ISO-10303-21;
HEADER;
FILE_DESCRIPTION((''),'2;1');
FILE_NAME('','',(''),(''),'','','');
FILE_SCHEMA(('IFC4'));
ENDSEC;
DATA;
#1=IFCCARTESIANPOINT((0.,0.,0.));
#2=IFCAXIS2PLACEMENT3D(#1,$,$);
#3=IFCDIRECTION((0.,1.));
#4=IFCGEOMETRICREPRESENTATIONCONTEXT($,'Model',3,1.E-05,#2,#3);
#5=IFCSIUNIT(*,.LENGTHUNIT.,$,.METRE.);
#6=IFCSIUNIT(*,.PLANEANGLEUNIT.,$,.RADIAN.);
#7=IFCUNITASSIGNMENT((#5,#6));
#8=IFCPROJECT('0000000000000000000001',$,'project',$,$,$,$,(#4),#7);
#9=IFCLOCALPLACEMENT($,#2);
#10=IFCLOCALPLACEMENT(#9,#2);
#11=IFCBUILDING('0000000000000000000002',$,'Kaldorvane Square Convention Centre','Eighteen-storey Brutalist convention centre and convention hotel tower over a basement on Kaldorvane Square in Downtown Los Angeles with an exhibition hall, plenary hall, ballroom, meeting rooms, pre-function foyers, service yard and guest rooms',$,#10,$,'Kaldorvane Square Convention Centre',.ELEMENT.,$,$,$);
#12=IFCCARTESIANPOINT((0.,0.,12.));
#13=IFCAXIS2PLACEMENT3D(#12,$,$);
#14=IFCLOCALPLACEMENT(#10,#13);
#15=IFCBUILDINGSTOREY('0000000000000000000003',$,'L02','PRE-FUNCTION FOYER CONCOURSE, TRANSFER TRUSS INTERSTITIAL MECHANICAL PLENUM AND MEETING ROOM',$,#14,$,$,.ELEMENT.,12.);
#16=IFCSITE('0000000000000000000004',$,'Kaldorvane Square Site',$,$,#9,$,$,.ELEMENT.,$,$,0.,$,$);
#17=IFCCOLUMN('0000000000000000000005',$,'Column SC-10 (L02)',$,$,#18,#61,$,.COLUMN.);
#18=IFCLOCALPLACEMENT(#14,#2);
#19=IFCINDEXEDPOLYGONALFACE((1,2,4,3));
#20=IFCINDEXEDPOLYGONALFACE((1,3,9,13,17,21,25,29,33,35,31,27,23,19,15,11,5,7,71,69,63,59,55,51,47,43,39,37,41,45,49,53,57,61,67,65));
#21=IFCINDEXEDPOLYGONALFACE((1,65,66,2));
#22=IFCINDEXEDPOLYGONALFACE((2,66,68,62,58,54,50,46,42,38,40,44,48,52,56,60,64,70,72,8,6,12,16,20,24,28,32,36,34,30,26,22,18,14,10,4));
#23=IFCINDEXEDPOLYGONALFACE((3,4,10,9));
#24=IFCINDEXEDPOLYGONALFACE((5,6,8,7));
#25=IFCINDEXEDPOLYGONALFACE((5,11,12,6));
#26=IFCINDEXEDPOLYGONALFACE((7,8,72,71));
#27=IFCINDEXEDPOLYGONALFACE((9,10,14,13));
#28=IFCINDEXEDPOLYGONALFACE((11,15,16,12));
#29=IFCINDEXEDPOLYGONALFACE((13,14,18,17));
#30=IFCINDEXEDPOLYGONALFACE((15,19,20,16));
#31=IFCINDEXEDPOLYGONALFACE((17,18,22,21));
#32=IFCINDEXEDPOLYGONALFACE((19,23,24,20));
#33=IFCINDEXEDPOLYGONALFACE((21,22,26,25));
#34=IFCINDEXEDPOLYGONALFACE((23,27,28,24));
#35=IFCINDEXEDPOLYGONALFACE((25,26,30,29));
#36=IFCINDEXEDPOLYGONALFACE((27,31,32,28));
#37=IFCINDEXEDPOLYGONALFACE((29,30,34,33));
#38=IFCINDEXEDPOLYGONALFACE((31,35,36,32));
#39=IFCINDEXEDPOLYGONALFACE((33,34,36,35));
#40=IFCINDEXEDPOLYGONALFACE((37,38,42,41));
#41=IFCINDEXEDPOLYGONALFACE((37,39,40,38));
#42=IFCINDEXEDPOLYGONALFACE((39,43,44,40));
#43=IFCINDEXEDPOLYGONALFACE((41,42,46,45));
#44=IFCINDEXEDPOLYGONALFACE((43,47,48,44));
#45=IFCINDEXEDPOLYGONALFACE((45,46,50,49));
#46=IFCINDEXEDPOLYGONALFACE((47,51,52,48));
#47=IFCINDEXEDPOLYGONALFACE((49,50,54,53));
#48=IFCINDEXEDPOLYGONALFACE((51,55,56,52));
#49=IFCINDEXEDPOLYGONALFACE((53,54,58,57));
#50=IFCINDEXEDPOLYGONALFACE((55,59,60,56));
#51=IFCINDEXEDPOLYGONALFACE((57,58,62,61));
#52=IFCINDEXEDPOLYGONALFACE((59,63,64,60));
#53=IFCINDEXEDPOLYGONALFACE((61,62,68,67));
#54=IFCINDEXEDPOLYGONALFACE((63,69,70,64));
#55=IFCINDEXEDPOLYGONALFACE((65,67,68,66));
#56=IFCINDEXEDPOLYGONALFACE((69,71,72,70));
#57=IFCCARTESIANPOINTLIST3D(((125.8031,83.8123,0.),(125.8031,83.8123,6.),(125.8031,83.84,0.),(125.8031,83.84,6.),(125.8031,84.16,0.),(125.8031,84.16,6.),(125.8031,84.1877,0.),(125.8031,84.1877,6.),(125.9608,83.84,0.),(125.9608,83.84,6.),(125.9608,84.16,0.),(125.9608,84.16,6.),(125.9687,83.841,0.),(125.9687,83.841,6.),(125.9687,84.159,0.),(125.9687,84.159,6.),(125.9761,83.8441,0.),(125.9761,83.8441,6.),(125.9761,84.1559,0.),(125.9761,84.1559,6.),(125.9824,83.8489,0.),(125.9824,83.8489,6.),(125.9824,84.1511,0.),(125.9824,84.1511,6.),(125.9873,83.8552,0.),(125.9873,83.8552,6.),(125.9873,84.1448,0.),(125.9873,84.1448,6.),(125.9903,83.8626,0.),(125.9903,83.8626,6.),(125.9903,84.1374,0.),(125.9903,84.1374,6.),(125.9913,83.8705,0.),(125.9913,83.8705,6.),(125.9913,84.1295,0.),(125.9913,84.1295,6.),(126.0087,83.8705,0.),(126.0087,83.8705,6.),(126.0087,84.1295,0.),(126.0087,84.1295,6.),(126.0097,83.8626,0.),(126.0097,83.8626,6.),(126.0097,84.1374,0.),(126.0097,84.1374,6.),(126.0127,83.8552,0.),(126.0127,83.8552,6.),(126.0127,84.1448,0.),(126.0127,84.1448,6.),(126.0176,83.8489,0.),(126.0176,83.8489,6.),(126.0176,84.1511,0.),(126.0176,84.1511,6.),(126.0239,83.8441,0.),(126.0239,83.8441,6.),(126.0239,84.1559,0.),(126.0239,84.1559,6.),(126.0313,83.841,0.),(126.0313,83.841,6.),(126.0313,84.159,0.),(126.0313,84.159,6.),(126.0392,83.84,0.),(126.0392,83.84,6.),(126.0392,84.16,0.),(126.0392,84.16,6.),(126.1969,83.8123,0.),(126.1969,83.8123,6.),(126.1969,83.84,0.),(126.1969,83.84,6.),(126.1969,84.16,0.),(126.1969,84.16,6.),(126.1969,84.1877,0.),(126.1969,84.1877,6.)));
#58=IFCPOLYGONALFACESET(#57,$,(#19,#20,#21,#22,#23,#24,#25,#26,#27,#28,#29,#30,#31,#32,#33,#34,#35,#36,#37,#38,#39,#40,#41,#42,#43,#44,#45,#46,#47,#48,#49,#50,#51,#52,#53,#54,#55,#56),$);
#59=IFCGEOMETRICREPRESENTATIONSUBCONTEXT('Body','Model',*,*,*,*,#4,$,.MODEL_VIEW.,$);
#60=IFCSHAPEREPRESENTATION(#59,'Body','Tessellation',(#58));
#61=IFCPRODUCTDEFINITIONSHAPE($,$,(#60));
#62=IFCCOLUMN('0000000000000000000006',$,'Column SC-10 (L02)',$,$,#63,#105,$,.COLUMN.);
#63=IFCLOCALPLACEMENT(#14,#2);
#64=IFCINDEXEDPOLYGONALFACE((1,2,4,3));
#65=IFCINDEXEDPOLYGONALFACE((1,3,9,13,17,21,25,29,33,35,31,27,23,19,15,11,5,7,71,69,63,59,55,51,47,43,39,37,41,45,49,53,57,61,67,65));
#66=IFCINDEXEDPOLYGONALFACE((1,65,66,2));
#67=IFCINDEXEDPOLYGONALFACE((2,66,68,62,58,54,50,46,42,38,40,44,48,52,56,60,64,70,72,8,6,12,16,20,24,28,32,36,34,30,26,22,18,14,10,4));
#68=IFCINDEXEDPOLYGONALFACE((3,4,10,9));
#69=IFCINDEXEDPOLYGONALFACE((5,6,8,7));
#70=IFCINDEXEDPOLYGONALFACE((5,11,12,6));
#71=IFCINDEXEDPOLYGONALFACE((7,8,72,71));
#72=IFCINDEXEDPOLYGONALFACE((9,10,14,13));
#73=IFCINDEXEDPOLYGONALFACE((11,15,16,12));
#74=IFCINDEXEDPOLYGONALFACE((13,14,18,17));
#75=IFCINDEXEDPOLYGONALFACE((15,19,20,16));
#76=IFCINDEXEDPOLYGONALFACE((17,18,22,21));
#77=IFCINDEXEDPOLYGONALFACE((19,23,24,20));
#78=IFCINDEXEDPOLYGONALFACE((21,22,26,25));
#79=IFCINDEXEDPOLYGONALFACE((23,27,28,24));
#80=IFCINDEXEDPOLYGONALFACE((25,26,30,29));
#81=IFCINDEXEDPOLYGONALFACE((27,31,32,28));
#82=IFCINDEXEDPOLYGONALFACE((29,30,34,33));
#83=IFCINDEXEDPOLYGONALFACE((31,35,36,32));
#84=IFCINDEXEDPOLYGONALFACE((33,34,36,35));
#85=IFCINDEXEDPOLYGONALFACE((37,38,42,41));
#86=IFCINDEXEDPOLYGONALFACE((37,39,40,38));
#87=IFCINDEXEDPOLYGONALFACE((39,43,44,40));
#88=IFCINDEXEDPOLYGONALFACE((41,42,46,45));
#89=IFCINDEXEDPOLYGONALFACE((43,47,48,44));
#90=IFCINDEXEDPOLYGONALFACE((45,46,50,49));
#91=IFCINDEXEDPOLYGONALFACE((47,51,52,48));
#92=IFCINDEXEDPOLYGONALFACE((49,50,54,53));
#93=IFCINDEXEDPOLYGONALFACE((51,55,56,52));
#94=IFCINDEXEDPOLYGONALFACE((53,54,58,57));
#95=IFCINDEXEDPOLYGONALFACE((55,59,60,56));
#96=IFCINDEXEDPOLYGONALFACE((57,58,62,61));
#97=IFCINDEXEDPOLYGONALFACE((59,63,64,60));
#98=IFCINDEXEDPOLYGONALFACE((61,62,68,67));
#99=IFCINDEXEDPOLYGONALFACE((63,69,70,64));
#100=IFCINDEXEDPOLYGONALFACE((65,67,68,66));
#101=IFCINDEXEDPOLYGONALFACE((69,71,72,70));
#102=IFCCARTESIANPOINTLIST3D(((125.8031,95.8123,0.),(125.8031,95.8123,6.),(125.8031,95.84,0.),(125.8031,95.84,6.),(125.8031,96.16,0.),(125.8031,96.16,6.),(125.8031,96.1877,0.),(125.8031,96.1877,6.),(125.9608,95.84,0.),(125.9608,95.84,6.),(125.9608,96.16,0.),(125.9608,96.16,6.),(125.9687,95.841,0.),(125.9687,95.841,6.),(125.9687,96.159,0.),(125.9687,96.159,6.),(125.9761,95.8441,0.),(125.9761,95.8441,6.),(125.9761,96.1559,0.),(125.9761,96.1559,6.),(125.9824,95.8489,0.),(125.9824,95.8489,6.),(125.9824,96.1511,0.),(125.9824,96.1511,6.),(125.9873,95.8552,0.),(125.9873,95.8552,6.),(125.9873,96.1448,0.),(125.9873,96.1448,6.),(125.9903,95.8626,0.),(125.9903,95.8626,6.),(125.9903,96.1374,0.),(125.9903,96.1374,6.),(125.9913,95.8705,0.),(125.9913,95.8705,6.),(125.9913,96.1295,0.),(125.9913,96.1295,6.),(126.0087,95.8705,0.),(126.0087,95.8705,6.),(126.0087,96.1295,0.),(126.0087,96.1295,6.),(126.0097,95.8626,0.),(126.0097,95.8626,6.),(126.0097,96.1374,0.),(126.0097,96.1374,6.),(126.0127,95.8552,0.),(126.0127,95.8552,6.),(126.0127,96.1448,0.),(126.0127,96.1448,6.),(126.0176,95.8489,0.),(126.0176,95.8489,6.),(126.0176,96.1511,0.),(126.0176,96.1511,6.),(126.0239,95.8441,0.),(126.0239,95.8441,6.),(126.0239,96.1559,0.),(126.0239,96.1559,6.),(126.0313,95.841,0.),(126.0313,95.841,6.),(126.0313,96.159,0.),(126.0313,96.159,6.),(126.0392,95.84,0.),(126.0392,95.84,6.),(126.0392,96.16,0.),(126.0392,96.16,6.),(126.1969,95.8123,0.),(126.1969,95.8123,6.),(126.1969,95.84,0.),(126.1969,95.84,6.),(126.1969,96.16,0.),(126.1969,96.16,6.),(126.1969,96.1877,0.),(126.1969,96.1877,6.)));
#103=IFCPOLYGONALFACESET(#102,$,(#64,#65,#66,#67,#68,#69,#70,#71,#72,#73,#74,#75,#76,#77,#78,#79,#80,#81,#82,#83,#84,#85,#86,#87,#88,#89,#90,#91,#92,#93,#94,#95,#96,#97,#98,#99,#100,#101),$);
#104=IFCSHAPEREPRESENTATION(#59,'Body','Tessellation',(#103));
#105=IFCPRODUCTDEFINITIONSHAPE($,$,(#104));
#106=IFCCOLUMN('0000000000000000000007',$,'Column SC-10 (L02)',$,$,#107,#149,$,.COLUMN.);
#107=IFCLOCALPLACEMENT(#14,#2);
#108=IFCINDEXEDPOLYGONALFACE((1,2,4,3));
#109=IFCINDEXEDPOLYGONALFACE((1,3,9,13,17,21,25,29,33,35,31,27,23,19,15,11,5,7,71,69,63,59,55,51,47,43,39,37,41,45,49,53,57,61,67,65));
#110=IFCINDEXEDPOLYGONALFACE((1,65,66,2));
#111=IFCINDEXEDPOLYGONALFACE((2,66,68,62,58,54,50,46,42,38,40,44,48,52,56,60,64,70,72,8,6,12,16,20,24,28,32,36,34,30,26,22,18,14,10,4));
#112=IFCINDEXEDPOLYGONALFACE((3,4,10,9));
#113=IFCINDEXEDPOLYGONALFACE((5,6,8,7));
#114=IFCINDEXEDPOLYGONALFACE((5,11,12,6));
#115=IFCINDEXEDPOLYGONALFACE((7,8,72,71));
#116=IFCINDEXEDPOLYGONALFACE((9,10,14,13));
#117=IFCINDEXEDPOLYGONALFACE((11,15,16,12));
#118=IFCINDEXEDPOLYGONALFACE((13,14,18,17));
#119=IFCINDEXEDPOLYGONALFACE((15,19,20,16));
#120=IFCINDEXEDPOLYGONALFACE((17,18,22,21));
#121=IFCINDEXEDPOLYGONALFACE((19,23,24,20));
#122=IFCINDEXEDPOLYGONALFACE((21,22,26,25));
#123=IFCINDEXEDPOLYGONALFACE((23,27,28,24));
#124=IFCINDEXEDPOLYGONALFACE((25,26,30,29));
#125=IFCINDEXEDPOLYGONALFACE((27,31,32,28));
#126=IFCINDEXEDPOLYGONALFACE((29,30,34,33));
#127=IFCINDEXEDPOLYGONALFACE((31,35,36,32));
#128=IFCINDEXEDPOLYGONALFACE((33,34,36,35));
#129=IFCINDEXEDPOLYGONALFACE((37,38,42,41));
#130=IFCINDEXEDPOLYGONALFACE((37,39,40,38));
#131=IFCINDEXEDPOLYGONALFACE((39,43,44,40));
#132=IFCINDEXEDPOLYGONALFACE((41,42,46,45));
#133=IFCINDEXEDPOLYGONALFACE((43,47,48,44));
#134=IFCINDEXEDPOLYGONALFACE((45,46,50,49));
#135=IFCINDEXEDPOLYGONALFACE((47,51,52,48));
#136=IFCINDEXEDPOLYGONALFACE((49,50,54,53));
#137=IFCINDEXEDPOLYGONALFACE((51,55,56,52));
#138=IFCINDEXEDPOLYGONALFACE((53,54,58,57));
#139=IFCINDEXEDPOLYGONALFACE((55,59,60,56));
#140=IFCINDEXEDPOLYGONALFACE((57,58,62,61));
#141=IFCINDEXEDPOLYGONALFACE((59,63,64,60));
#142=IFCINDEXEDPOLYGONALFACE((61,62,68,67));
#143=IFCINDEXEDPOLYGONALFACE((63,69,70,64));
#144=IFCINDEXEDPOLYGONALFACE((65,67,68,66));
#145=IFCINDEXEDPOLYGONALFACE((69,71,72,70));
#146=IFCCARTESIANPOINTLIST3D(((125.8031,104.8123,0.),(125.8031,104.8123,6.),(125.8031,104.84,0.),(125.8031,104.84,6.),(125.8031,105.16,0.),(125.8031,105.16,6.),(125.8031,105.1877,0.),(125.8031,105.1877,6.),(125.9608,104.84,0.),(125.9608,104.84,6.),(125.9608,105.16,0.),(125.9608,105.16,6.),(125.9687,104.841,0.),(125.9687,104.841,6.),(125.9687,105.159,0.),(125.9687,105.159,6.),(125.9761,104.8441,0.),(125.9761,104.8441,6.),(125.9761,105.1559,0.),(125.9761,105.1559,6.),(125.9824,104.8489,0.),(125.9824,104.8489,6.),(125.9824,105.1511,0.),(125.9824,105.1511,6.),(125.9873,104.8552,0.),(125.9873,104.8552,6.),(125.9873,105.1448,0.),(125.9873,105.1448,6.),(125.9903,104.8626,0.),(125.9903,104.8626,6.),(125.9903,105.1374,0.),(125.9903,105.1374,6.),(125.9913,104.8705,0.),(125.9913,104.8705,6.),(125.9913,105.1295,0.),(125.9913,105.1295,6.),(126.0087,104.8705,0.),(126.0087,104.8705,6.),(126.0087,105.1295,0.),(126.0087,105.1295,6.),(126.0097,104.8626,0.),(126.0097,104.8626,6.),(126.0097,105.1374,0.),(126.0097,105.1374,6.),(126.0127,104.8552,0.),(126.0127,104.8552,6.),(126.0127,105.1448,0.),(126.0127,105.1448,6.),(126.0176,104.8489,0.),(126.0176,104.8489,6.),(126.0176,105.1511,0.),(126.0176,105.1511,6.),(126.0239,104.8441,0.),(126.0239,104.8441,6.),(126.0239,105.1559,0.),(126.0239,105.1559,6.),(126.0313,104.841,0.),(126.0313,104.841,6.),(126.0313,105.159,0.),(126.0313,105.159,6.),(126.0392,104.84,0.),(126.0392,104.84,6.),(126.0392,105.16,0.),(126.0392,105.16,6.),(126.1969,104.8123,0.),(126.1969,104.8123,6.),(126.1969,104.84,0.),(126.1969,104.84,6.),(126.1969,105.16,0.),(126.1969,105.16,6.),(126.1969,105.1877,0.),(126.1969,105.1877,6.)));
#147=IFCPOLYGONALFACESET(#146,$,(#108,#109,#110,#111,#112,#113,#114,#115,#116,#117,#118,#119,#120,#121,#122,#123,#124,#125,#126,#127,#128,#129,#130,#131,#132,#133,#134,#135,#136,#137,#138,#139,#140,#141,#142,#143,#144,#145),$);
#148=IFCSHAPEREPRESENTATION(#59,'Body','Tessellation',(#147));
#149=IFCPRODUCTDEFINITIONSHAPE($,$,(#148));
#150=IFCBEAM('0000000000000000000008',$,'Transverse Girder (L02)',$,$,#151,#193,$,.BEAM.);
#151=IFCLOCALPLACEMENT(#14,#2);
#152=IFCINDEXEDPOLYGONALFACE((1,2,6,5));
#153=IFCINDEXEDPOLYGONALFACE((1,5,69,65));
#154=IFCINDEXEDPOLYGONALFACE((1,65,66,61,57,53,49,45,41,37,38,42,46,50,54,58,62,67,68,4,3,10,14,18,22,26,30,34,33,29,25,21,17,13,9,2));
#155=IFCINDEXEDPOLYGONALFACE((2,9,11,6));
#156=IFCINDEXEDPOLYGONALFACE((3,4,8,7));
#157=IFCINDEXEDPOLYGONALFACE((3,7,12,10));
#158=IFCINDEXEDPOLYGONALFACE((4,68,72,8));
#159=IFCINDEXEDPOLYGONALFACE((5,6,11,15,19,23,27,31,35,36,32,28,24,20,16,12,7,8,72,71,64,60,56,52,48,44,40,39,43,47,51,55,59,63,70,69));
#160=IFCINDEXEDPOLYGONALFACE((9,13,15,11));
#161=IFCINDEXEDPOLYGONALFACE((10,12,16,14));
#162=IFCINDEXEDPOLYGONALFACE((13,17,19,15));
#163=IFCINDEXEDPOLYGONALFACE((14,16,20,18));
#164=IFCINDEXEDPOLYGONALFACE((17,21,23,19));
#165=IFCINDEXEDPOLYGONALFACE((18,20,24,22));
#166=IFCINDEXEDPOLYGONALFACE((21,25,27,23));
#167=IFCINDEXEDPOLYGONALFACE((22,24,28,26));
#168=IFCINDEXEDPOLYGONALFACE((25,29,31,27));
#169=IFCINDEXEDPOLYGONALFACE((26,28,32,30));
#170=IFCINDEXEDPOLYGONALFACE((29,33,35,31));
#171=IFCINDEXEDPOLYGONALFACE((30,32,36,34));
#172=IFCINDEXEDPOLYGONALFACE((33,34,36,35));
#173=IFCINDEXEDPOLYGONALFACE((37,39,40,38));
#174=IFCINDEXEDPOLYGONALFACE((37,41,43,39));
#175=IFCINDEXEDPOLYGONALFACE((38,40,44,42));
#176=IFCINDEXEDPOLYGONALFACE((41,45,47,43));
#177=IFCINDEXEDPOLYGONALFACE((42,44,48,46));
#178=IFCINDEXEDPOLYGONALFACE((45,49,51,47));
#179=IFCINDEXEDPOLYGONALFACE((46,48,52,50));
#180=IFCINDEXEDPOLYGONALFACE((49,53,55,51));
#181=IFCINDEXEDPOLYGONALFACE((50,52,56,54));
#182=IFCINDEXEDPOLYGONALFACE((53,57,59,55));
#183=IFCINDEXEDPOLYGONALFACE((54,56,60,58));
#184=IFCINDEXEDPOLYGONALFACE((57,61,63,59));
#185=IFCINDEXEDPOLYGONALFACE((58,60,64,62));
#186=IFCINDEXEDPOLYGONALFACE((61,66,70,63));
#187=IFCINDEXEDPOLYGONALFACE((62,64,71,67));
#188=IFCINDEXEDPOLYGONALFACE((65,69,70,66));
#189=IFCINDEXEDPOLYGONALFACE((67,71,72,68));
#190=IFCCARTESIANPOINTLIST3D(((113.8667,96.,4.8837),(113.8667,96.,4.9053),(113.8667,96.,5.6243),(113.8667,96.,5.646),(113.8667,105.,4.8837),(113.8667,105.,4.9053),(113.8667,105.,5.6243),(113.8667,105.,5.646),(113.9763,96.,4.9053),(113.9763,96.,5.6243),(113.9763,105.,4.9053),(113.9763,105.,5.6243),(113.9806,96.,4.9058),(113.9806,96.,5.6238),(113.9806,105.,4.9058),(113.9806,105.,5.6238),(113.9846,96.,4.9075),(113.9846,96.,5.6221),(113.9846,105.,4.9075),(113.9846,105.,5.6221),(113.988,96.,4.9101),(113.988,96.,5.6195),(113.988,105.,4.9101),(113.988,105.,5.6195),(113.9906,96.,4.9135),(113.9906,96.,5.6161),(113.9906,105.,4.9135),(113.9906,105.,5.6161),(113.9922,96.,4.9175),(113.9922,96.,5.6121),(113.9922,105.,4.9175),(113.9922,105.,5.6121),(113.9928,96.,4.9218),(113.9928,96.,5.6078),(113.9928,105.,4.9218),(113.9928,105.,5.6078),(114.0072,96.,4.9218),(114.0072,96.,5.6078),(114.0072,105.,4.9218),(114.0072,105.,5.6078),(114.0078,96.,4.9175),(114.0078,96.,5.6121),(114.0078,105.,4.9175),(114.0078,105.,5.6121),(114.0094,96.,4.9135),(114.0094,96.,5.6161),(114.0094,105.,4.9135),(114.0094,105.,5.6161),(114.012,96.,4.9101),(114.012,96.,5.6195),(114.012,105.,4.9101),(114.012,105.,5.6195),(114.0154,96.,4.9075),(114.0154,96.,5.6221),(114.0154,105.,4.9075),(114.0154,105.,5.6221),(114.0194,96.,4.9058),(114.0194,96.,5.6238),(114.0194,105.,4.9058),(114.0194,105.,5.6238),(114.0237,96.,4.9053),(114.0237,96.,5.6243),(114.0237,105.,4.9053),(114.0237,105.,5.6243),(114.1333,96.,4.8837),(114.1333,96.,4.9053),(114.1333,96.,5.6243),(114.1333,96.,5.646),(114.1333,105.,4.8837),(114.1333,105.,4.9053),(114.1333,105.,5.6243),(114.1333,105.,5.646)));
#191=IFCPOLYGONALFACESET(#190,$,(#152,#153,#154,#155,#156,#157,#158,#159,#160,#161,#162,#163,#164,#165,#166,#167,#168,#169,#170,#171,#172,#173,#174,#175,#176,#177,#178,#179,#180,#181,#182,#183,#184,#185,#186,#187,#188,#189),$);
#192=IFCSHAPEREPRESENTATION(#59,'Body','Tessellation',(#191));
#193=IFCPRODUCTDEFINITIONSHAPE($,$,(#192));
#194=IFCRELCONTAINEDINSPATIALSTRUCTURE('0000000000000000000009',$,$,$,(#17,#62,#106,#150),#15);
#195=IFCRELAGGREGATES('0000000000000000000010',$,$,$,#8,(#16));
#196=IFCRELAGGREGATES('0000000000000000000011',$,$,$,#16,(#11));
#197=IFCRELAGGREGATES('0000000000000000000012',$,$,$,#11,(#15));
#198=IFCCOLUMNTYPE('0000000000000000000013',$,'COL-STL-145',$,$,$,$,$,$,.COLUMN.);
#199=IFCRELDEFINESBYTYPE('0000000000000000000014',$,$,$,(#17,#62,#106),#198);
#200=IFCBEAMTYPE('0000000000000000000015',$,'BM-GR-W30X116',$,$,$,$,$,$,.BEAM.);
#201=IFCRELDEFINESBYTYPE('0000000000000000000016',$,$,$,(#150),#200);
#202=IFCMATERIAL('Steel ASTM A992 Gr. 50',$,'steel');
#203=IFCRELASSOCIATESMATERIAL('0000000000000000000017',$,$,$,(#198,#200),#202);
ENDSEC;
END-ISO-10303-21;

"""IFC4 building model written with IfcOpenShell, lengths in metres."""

from ifc_helpers import new_model, si_unit, direction, frame, origin, origin_2d, place, context, subcontext, project, spatial, i_section, extrude, material, material_profile, profile_set, type_object, element, save


model = new_model("IFC4")

# Units and contexts
model_context = context("Model", 3, precision=1e-05, world=origin(), true_north=direction((0.0, 1.0)))
body_context = subcontext(model_context, "Body", "Model", "MODEL_VIEW")
ifc_project = project(units=[si_unit("LENGTHUNIT", "METRE"), si_unit("PLANEANGLEUNIT", "RADIAN")], contexts=[model_context])

# Site, building, storey
site_placement = place(None, origin())
site = spatial("IfcSite", under=ifc_project, at=site_placement, Name="Kaldorvane Square Site", CompositionType="ELEMENT", RefElevation=0.0)
building_placement = place(site_placement, origin())
building = spatial("IfcBuilding", under=site, at=building_placement, Name="Kaldorvane Square Convention Centre", Description="Eighteen-storey Brutalist convention centre and convention hotel tower over a basement on Kaldorvane Square in Downtown Los Angeles with an exhibition hall, plenary hall, ballroom, meeting rooms, pre-function foyers, service yard and guest rooms", LongName="Kaldorvane Square Convention Centre", CompositionType="ELEMENT")
storey_placement = place(building_placement, frame((0.0, 0.0, 12.0)))
storey = spatial("IfcBuildingStorey", under=building, at=storey_placement, Name="L02", Description="PRE-FUNCTION FOYER CONCOURSE, TRANSFER TRUSS INTERSTITIAL MECHANICAL PLENUM AND MEETING ROOM", CompositionType="ELEMENT", Elevation=12.0)

# Columns
ifc_material_1 = material(Name="Steel ASTM A992 Gr. 50", Category="steel")
ifc_material_profile_1 = material_profile(ifc_material_1, i_section(OverallWidth=0.3937, OverallDepth=0.3754, WebThickness=0.0173, FlangeThickness=0.0277, FilletRadius=0.0305, at=origin_2d()), Name="W14X145")
ifc_profile_set_1 = profile_set([ifc_material_profile_1], Name="Steel ASTM A992 Gr. 50")
column_type = type_object("IfcColumnType", Name="COL-STL-145", PredefinedType="COLUMN", material=ifc_profile_set_1)
for number, where, z_axis, x_axis, name in (
    (1, (126.0, 84.0, 0.0), (0.0, 0.0, 1.0), (1.0, 0.0, 0.0), "Column SC-10 (L02)"),
    (2, (126.0, 96.0, 0.0), (0.0, 0.0, 1.0), (1.0, 0.0, 0.0), "Column SC-10 (L02)"),
    (3, (126.0, 105.0, 0.0), (0.0, 0.0, 1.0), (1.0, 0.0, 0.0), "Column SC-10 (L02)"),
):
    element("IfcColumn", number, at=place(storey_placement, frame(where, z_axis=z_axis, x_axis=x_axis)), inside=storey, type_object=column_type, Name=name, PredefinedType="COLUMN", context=body_context, shape_type="SweptSolid", body=[
        extrude(i_section(OverallWidth=0.3937, OverallDepth=0.3754, WebThickness=0.0173, FlangeThickness=0.0277, FilletRadius=0.0305, at=origin_2d()), origin(), (0.0, 0.0, 1.0), 6.0),
    ])

# Beam
ifc_material_profile_2 = material_profile(ifc_material_1, i_section(OverallWidth=0.2666, OverallDepth=0.7623, WebThickness=0.0144, FlangeThickness=0.0216, FilletRadius=0.0165, at=origin_2d()), Name="W30X116")
ifc_profile_set_2 = profile_set([ifc_material_profile_2], Name="Steel ASTM A992 Gr. 50")
beam_type_1 = type_object("IfcBeamType", Name="BM-GR-W30X116", PredefinedType="BEAM", material=ifc_profile_set_2)
beam_1_placement = place(storey_placement, frame((114.0, 96.0, 5.2648), z_axis=(0.0, 1.0, 0.0), x_axis=(-1.0, 0.0, 0.0)))
element("IfcBeam", 4, at=beam_1_placement, inside=storey, type_object=beam_type_1, Name="Transverse Girder (L02)", PredefinedType="BEAM", context=body_context, shape_type="SweptSolid", body=[
    extrude(i_section(OverallWidth=0.2666, OverallDepth=0.7623, WebThickness=0.0144, FlangeThickness=0.0216, FilletRadius=0.0165, at=origin_2d()), origin(), (0.0, 0.0, 1.0), 9.0),
])

save(model, "model.ifc")
